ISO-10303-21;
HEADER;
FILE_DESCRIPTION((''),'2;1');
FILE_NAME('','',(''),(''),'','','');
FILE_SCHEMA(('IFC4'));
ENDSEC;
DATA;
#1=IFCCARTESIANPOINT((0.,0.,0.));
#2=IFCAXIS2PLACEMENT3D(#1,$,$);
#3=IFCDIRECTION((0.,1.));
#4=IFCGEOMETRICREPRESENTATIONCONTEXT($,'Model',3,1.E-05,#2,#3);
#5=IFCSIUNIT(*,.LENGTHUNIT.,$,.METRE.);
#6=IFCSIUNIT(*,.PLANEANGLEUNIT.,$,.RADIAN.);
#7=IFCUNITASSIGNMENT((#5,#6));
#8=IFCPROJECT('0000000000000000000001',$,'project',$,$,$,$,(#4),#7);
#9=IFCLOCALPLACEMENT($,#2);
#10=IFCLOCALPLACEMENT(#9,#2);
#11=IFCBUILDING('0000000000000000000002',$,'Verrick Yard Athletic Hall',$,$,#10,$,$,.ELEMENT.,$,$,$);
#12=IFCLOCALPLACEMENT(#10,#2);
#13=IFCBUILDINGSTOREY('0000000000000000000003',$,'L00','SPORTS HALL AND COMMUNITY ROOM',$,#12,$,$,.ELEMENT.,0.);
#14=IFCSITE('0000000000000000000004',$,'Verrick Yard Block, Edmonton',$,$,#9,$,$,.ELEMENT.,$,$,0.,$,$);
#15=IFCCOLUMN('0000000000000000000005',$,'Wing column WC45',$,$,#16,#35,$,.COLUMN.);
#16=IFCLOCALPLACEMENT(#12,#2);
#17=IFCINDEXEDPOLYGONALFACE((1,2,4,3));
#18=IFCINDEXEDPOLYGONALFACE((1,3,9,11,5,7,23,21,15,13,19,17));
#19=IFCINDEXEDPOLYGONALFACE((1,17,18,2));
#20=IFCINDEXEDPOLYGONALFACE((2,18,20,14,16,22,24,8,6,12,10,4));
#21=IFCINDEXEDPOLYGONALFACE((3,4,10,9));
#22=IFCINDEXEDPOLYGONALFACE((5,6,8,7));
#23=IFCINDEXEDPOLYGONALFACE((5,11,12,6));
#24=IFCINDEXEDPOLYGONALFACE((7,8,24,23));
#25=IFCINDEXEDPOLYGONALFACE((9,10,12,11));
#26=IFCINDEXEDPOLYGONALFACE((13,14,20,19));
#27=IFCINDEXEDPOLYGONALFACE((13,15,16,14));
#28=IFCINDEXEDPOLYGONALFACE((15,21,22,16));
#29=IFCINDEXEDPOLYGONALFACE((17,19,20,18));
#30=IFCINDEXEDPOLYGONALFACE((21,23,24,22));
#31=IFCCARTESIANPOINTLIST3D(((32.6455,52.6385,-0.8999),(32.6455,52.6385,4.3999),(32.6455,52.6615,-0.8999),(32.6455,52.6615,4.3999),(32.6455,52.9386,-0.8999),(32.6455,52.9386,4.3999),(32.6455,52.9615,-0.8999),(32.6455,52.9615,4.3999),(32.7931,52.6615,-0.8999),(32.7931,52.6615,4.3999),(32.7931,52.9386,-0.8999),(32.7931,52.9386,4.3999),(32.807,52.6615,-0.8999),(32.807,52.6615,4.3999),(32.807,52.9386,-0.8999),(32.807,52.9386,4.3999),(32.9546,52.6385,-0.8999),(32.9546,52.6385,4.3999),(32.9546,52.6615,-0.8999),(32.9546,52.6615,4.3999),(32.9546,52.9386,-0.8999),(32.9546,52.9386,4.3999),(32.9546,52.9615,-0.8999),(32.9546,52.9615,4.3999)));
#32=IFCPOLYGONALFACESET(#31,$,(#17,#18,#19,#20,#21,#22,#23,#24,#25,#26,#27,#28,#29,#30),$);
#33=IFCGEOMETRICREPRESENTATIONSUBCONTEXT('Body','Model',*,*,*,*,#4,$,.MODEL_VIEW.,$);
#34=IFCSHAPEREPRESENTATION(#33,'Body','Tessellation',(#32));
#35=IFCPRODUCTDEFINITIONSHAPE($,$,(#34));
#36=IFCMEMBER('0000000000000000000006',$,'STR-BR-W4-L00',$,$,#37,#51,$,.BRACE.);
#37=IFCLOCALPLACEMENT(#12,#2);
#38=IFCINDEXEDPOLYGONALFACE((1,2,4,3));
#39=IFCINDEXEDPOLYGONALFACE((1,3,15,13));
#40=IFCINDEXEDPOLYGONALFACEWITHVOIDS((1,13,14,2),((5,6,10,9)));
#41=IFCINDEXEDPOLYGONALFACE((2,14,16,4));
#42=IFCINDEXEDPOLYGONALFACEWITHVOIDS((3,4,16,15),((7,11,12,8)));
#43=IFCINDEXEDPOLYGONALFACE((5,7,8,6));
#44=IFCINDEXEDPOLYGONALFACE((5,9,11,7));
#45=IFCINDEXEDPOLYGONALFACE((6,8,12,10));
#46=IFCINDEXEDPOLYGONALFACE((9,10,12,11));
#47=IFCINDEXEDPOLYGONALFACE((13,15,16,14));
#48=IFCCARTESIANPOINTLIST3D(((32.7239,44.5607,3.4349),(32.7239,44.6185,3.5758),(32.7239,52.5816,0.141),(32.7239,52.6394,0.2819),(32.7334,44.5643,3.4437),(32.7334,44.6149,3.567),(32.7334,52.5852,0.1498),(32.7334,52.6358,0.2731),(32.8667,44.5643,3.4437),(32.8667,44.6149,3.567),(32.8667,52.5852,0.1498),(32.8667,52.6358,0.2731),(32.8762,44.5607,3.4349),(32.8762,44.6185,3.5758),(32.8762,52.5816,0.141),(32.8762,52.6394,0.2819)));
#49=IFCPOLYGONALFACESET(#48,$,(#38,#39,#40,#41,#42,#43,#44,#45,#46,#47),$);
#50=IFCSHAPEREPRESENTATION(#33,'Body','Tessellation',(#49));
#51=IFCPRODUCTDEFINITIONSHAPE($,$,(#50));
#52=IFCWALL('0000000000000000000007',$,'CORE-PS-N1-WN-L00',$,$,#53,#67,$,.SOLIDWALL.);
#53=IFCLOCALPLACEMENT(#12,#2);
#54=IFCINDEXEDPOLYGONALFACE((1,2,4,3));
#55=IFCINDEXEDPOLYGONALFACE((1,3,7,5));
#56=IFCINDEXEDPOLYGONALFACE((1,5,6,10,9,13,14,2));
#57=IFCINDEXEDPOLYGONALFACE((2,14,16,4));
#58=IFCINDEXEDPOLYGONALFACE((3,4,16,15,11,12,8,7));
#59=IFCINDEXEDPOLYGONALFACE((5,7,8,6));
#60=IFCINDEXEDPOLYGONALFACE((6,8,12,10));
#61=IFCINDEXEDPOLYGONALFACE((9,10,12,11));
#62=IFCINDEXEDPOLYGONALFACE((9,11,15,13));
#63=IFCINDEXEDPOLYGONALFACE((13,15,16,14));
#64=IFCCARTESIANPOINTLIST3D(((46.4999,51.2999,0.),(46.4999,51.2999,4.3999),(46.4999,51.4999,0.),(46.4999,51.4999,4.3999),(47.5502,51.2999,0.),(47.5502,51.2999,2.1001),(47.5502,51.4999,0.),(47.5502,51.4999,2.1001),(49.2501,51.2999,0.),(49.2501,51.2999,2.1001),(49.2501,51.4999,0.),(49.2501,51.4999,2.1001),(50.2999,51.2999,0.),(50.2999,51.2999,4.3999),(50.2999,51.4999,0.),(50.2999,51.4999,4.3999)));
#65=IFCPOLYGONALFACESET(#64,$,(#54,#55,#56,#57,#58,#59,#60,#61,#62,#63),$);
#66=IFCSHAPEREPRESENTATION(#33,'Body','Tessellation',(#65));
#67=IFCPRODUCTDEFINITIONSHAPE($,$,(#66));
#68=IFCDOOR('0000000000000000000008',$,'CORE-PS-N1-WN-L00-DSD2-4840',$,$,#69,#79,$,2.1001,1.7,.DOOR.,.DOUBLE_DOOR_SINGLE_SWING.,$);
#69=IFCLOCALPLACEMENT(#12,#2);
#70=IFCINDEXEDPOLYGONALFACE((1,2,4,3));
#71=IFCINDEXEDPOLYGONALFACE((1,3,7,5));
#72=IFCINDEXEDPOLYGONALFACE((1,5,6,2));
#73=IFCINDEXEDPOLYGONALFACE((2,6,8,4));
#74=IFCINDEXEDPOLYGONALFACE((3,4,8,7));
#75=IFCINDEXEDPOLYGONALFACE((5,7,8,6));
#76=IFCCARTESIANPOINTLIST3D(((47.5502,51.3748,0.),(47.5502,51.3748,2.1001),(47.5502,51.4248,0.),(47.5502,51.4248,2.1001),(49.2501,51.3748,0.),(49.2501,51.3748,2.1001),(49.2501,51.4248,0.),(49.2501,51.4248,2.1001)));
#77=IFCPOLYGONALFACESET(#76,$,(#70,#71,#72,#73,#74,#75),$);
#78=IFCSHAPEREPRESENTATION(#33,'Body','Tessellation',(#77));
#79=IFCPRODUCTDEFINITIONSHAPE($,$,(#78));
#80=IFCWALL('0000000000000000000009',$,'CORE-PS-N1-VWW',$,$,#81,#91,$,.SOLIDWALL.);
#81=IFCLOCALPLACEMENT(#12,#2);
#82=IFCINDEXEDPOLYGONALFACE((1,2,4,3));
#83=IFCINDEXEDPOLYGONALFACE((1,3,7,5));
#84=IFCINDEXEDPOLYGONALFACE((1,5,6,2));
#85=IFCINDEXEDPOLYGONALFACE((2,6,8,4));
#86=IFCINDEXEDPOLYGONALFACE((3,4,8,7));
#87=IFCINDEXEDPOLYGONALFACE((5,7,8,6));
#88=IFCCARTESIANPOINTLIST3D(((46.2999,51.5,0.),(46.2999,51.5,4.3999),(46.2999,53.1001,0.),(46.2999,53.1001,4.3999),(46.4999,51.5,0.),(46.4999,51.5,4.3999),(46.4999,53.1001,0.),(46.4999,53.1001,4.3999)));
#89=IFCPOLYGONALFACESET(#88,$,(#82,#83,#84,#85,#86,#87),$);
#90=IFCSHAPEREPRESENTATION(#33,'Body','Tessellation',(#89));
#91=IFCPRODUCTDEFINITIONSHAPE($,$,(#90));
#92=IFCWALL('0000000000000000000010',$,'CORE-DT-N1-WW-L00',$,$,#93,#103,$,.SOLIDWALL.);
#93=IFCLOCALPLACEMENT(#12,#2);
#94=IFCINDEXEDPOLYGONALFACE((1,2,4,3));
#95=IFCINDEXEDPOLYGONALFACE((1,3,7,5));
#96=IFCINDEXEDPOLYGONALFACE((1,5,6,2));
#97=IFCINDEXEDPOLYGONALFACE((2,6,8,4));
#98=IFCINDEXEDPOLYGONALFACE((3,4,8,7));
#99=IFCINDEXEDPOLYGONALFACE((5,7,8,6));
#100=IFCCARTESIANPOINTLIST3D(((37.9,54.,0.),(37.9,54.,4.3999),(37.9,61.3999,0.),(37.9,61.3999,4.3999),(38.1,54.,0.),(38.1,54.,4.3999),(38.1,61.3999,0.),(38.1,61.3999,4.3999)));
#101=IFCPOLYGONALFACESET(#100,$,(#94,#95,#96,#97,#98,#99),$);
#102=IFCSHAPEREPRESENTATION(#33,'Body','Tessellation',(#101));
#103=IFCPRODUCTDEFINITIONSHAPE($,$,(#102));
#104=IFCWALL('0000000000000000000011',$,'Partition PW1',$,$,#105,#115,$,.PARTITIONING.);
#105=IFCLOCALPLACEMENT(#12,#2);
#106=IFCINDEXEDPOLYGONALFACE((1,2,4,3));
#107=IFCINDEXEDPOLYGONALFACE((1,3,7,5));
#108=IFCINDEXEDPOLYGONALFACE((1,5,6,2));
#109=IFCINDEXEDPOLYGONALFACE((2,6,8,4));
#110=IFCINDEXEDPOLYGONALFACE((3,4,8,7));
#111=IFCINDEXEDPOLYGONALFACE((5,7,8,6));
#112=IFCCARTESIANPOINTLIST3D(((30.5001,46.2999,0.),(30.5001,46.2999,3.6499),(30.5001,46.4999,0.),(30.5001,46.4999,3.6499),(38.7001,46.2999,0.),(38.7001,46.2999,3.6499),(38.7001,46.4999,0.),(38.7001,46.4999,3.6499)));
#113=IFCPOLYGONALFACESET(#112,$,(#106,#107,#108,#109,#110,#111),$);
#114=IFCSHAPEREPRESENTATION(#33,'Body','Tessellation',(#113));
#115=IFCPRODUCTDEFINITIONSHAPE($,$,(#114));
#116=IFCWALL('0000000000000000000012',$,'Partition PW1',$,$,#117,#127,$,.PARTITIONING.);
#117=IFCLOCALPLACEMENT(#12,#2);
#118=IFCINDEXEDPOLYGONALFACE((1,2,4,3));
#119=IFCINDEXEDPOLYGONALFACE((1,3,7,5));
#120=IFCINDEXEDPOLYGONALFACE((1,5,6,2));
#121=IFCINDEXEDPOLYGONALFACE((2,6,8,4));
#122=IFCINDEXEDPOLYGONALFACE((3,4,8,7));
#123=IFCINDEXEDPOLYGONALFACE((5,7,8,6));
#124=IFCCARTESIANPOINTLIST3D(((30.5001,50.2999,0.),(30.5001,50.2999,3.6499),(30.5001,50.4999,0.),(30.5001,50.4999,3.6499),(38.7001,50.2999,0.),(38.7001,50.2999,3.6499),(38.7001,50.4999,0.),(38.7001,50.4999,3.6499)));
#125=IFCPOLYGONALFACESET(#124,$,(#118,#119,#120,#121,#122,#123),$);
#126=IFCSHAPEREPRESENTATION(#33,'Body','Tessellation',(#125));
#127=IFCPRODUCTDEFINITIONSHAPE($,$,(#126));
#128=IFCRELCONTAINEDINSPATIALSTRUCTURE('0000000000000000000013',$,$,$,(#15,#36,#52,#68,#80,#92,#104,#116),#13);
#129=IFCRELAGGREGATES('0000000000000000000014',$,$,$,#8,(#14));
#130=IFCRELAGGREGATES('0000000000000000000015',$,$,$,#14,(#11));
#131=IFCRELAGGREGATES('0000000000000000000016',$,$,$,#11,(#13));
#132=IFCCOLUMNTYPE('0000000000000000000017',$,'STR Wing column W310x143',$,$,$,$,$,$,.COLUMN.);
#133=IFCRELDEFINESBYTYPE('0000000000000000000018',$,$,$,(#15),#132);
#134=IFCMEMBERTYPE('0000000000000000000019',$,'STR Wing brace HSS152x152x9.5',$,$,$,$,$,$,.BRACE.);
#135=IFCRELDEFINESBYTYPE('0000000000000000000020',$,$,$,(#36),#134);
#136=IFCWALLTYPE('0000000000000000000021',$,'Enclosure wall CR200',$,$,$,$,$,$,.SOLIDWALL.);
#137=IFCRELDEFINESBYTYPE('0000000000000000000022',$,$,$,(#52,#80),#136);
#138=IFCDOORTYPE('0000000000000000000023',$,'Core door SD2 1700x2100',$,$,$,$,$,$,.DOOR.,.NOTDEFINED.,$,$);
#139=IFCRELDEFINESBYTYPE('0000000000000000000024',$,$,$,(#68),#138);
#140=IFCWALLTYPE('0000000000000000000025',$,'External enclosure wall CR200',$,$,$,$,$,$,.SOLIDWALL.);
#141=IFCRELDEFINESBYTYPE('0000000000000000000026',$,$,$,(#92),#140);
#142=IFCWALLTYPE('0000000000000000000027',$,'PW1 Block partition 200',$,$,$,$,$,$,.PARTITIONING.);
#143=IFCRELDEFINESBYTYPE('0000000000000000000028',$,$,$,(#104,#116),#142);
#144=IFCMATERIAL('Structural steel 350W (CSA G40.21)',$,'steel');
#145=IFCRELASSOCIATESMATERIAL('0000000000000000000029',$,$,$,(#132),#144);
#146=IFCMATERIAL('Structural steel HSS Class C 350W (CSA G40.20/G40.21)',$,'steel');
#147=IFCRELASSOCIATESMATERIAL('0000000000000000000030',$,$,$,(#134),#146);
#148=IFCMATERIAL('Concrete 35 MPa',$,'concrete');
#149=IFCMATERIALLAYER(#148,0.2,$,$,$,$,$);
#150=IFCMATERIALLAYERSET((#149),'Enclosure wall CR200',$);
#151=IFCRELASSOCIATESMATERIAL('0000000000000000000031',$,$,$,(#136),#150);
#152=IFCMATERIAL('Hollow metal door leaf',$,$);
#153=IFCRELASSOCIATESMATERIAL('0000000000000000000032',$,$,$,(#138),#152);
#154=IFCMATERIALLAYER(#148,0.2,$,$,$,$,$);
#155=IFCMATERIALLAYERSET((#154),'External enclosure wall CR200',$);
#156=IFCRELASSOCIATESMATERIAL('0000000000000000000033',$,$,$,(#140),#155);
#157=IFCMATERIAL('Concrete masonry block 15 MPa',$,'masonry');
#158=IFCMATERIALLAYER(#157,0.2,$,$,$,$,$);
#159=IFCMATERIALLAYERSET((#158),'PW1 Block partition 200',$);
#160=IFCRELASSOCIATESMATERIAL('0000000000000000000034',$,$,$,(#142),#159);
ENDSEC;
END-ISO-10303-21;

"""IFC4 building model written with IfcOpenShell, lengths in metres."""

from ifc_helpers import new_model, si_unit, direction, frame, frame_2d, origin, origin_2d, place, context, subcontext, project, spatial, rectangle, hollow_rectangle, i_section, extrude, material, layer, layer_set, material_profile, profile_set, type_object, element, fill, save


model = new_model("IFC4")

# Units and contexts
model_context = context("Model", 3, precision=1e-05, world=origin(), true_north=direction((0.0, 1.0)))
body_context = subcontext(model_context, "Body", "Model", "MODEL_VIEW")
ifc_project = project(units=[si_unit("LENGTHUNIT", "METRE"), si_unit("PLANEANGLEUNIT", "RADIAN")], contexts=[model_context])

# Site, building, storey
site_placement = place(None, origin())
site = spatial("IfcSite", under=ifc_project, at=site_placement, Name="Verrick Yard Block, Edmonton", CompositionType="ELEMENT", RefElevation=0.0)
building_placement = place(site_placement, origin())
building = spatial("IfcBuilding", under=site, at=building_placement, Name="Verrick Yard Athletic Hall", CompositionType="ELEMENT")
storey_placement = place(building_placement, origin())
storey = spatial("IfcBuildingStorey", under=building, at=storey_placement, Name="L00", Description="SPORTS HALL AND COMMUNITY ROOM", CompositionType="ELEMENT", Elevation=0.0)

# Shared definitions
ifc_material_1 = material(Name="Concrete 35 MPa", Category="concrete")

# Column
ifc_material_2 = material(Name="Structural steel 350W (CSA G40.21)", Category="steel")
ifc_material_profile_1 = material_profile(ifc_material_2, i_section(OverallWidth=0.3091, OverallDepth=0.323, WebThickness=0.0139, FlangeThickness=0.0229, at=origin_2d()), Name="W310x143")
ifc_profile_set_1 = profile_set([ifc_material_profile_1], Name="Structural steel 350W (CSA G40.21)")
column_type_1 = type_object("IfcColumnType", Name="STR Wing column W310x143", PredefinedType="COLUMN", material=ifc_profile_set_1)
for number, where, z_axis, x_axis, name in (
    (1, (32.8, 52.8, -0.8999), (0.0, 0.0, 1.0), (1.0, 0.0, 0.0), "Wing column WC45"),
):
    element("IfcColumn", number, at=place(storey_placement, frame(where, z_axis=z_axis, x_axis=x_axis)), inside=storey, type_object=column_type_1, Name=name, PredefinedType="COLUMN", context=body_context, shape_type="SweptSolid", body=[
        extrude(i_section(OverallWidth=0.3091, OverallDepth=0.323, WebThickness=0.0139, FlangeThickness=0.0229, at=origin_2d()), origin(), (0.0, 0.0, 1.0), 5.2998),
    ])

# Member
ifc_material_3 = material(Name="Structural steel HSS Class C 350W (CSA G40.20/G40.21)", Category="steel")
ifc_material_profile_2 = material_profile(ifc_material_3, hollow_rectangle(XDim=0.1523, YDim=0.1523, WallThickness=0.0095, at=origin_2d()), Name="HSS152x152x9.5")
ifc_profile_set_2 = profile_set([ifc_material_profile_2], Name="Structural steel HSS Class C 350W (CSA G40.20/G40.21)")
member_type = type_object("IfcMemberType", Name="STR Wing brace HSS152x152x9.5", PredefinedType="BRACE", material=ifc_profile_set_2)
member_placement = place(storey_placement, frame((32.8, 44.5896, 3.5054), z_axis=(0.0, 0.925036, -0.37988), x_axis=(-1.0, 0.0, 0.0)))
element("IfcMember", 2, at=member_placement, inside=storey, type_object=member_type, Name="STR-BR-W4-L00", PredefinedType="BRACE", context=body_context, shape_type="SweptSolid", body=[
    extrude(hollow_rectangle(XDim=0.1523, YDim=0.1523, WallThickness=0.0095, at=origin_2d()), origin(), (0.0, 0.0, 1.0), 8.6709),
])

# Wall, opening, door
ifc_layer_1 = layer(ifc_material_1, 0.2)
ifc_layer_set_1 = layer_set([ifc_layer_1], Name="Enclosure wall CR200")
wall_type_1 = type_object("IfcWallType", Name="Enclosure wall CR200", PredefinedType="SOLIDWALL", material=ifc_layer_set_1)
wall_1_placement = place(storey_placement, frame((46.5, 51.3999, 0.0), z_axis=(0.0, 0.0, 1.0), x_axis=(1.0, 0.0, 0.0)))
wall_1 = element("IfcWall", 3, at=wall_1_placement, inside=storey, type_object=wall_type_1, Name="CORE-PS-N1-WN-L00", PredefinedType="SOLIDWALL", context=body_context, shape_type="SweptSolid", body=[
    extrude(rectangle(XDim=3.8, YDim=0.2, at=frame_2d((1.8999, 0.0))), origin(), (0.0, 0.0, 1.0), 4.3999),
])
opening_1_placement = place(wall_1_placement, frame((1.05, 0.0, 0.0)))
opening_1 = element("IfcOpeningElement", 4, at=opening_1_placement, cuts=wall_1, PredefinedType="OPENING", context=body_context, shape_type="SweptSolid", body=[
    extrude(rectangle(XDim=1.7, YDim=2.1001, at=frame_2d((0.8501, 1.05))), frame((0.0, 0.1099, 0.0), z_axis=(0.0, -1.0, 0.0), x_axis=(1.0, 0.0, 0.0)), (0.0, 0.0, 1.0), 0.22),
])
ifc_material_4 = material(Name="Hollow metal door leaf")
door_type_1 = type_object("IfcDoorType", Name="Core door SD2 1700x2100", OperationType="NOTDEFINED", PredefinedType="DOOR", material=ifc_material_4)
door_1_placement = place(opening_1_placement, origin())
door_1 = element("IfcDoor", 5, at=door_1_placement, inside=storey, type_object=door_type_1, Name="CORE-PS-N1-WN-L00-DSD2-4840", OperationType="DOUBLE_DOOR_SINGLE_SWING", OverallHeight=2.1001, OverallWidth=1.7, PredefinedType="DOOR", context=body_context, shape_type="SweptSolid", body=[
    extrude(rectangle(XDim=1.7, YDim=2.1001, at=frame_2d((0.8501, 1.05))), frame((0.0, 0.0249, 0.0), z_axis=(0.0, -1.0, 0.0), x_axis=(1.0, 0.0, 0.0)), (0.0, 0.0, 1.0), 0.05),
])
fill(opening_1, door_1)

# Walls
wall_2_placement = place(storey_placement, frame((46.3999, 51.5, 0.0), z_axis=(0.0, 0.0, 1.0), x_axis=(0.0, 1.0, 0.0)))
element("IfcWall", 6, at=wall_2_placement, inside=storey, type_object=wall_type_1, Name="CORE-PS-N1-VWW", PredefinedType="SOLIDWALL", context=body_context, shape_type="SweptSolid", body=[
    extrude(rectangle(XDim=1.6001, YDim=0.2, at=frame_2d((0.8, 0.0))), origin(), (0.0, 0.0, 1.0), 4.3999),
])
ifc_layer_2 = layer(ifc_material_1, 0.2)
ifc_layer_set_2 = layer_set([ifc_layer_2], Name="External enclosure wall CR200")
wall_type_2 = type_object("IfcWallType", Name="External enclosure wall CR200", PredefinedType="SOLIDWALL", material=ifc_layer_set_2)
wall_3_placement = place(storey_placement, frame((38.0, 54.0, 0.0), z_axis=(0.0, 0.0, 1.0), x_axis=(0.0, 1.0, 0.0)))
element("IfcWall", 7, at=wall_3_placement, inside=storey, type_object=wall_type_2, Name="CORE-DT-N1-WW-L00", PredefinedType="SOLIDWALL", context=body_context, shape_type="SweptSolid", body=[
    extrude(rectangle(XDim=7.3999, YDim=0.2, at=frame_2d((3.7, 0.0))), origin(), (0.0, 0.0, 1.0), 4.3999),
])
ifc_material_5 = material(Name="Concrete masonry block 15 MPa", Category="masonry")
ifc_layer_3 = layer(ifc_material_5, 0.2)
ifc_layer_set_3 = layer_set([ifc_layer_3], Name="PW1 Block partition 200")
wall_type_3 = type_object("IfcWallType", Name="PW1 Block partition 200", PredefinedType="PARTITIONING", material=ifc_layer_set_3)
for number, where, z_axis, x_axis, name in (
    (8, (30.5, 46.3999, 0.0), (0.0, 0.0, 1.0), (1.0, 0.0, 0.0), "Partition PW1"),
    (9, (30.5, 50.3999, 0.0), (0.0, 0.0, 1.0), (1.0, 0.0, 0.0), "Partition PW1"),
):
    element("IfcWall", number, at=place(storey_placement, frame(where, z_axis=z_axis, x_axis=x_axis)), inside=storey, type_object=wall_type_3, Name=name, PredefinedType="PARTITIONING", context=body_context, shape_type="SweptSolid", body=[
        extrude(rectangle(XDim=8.2, YDim=0.2, at=frame_2d((4.1001, 0.0))), origin(), (0.0, 0.0, 1.0), 3.6499),
    ])

save(model, "model.ifc")
